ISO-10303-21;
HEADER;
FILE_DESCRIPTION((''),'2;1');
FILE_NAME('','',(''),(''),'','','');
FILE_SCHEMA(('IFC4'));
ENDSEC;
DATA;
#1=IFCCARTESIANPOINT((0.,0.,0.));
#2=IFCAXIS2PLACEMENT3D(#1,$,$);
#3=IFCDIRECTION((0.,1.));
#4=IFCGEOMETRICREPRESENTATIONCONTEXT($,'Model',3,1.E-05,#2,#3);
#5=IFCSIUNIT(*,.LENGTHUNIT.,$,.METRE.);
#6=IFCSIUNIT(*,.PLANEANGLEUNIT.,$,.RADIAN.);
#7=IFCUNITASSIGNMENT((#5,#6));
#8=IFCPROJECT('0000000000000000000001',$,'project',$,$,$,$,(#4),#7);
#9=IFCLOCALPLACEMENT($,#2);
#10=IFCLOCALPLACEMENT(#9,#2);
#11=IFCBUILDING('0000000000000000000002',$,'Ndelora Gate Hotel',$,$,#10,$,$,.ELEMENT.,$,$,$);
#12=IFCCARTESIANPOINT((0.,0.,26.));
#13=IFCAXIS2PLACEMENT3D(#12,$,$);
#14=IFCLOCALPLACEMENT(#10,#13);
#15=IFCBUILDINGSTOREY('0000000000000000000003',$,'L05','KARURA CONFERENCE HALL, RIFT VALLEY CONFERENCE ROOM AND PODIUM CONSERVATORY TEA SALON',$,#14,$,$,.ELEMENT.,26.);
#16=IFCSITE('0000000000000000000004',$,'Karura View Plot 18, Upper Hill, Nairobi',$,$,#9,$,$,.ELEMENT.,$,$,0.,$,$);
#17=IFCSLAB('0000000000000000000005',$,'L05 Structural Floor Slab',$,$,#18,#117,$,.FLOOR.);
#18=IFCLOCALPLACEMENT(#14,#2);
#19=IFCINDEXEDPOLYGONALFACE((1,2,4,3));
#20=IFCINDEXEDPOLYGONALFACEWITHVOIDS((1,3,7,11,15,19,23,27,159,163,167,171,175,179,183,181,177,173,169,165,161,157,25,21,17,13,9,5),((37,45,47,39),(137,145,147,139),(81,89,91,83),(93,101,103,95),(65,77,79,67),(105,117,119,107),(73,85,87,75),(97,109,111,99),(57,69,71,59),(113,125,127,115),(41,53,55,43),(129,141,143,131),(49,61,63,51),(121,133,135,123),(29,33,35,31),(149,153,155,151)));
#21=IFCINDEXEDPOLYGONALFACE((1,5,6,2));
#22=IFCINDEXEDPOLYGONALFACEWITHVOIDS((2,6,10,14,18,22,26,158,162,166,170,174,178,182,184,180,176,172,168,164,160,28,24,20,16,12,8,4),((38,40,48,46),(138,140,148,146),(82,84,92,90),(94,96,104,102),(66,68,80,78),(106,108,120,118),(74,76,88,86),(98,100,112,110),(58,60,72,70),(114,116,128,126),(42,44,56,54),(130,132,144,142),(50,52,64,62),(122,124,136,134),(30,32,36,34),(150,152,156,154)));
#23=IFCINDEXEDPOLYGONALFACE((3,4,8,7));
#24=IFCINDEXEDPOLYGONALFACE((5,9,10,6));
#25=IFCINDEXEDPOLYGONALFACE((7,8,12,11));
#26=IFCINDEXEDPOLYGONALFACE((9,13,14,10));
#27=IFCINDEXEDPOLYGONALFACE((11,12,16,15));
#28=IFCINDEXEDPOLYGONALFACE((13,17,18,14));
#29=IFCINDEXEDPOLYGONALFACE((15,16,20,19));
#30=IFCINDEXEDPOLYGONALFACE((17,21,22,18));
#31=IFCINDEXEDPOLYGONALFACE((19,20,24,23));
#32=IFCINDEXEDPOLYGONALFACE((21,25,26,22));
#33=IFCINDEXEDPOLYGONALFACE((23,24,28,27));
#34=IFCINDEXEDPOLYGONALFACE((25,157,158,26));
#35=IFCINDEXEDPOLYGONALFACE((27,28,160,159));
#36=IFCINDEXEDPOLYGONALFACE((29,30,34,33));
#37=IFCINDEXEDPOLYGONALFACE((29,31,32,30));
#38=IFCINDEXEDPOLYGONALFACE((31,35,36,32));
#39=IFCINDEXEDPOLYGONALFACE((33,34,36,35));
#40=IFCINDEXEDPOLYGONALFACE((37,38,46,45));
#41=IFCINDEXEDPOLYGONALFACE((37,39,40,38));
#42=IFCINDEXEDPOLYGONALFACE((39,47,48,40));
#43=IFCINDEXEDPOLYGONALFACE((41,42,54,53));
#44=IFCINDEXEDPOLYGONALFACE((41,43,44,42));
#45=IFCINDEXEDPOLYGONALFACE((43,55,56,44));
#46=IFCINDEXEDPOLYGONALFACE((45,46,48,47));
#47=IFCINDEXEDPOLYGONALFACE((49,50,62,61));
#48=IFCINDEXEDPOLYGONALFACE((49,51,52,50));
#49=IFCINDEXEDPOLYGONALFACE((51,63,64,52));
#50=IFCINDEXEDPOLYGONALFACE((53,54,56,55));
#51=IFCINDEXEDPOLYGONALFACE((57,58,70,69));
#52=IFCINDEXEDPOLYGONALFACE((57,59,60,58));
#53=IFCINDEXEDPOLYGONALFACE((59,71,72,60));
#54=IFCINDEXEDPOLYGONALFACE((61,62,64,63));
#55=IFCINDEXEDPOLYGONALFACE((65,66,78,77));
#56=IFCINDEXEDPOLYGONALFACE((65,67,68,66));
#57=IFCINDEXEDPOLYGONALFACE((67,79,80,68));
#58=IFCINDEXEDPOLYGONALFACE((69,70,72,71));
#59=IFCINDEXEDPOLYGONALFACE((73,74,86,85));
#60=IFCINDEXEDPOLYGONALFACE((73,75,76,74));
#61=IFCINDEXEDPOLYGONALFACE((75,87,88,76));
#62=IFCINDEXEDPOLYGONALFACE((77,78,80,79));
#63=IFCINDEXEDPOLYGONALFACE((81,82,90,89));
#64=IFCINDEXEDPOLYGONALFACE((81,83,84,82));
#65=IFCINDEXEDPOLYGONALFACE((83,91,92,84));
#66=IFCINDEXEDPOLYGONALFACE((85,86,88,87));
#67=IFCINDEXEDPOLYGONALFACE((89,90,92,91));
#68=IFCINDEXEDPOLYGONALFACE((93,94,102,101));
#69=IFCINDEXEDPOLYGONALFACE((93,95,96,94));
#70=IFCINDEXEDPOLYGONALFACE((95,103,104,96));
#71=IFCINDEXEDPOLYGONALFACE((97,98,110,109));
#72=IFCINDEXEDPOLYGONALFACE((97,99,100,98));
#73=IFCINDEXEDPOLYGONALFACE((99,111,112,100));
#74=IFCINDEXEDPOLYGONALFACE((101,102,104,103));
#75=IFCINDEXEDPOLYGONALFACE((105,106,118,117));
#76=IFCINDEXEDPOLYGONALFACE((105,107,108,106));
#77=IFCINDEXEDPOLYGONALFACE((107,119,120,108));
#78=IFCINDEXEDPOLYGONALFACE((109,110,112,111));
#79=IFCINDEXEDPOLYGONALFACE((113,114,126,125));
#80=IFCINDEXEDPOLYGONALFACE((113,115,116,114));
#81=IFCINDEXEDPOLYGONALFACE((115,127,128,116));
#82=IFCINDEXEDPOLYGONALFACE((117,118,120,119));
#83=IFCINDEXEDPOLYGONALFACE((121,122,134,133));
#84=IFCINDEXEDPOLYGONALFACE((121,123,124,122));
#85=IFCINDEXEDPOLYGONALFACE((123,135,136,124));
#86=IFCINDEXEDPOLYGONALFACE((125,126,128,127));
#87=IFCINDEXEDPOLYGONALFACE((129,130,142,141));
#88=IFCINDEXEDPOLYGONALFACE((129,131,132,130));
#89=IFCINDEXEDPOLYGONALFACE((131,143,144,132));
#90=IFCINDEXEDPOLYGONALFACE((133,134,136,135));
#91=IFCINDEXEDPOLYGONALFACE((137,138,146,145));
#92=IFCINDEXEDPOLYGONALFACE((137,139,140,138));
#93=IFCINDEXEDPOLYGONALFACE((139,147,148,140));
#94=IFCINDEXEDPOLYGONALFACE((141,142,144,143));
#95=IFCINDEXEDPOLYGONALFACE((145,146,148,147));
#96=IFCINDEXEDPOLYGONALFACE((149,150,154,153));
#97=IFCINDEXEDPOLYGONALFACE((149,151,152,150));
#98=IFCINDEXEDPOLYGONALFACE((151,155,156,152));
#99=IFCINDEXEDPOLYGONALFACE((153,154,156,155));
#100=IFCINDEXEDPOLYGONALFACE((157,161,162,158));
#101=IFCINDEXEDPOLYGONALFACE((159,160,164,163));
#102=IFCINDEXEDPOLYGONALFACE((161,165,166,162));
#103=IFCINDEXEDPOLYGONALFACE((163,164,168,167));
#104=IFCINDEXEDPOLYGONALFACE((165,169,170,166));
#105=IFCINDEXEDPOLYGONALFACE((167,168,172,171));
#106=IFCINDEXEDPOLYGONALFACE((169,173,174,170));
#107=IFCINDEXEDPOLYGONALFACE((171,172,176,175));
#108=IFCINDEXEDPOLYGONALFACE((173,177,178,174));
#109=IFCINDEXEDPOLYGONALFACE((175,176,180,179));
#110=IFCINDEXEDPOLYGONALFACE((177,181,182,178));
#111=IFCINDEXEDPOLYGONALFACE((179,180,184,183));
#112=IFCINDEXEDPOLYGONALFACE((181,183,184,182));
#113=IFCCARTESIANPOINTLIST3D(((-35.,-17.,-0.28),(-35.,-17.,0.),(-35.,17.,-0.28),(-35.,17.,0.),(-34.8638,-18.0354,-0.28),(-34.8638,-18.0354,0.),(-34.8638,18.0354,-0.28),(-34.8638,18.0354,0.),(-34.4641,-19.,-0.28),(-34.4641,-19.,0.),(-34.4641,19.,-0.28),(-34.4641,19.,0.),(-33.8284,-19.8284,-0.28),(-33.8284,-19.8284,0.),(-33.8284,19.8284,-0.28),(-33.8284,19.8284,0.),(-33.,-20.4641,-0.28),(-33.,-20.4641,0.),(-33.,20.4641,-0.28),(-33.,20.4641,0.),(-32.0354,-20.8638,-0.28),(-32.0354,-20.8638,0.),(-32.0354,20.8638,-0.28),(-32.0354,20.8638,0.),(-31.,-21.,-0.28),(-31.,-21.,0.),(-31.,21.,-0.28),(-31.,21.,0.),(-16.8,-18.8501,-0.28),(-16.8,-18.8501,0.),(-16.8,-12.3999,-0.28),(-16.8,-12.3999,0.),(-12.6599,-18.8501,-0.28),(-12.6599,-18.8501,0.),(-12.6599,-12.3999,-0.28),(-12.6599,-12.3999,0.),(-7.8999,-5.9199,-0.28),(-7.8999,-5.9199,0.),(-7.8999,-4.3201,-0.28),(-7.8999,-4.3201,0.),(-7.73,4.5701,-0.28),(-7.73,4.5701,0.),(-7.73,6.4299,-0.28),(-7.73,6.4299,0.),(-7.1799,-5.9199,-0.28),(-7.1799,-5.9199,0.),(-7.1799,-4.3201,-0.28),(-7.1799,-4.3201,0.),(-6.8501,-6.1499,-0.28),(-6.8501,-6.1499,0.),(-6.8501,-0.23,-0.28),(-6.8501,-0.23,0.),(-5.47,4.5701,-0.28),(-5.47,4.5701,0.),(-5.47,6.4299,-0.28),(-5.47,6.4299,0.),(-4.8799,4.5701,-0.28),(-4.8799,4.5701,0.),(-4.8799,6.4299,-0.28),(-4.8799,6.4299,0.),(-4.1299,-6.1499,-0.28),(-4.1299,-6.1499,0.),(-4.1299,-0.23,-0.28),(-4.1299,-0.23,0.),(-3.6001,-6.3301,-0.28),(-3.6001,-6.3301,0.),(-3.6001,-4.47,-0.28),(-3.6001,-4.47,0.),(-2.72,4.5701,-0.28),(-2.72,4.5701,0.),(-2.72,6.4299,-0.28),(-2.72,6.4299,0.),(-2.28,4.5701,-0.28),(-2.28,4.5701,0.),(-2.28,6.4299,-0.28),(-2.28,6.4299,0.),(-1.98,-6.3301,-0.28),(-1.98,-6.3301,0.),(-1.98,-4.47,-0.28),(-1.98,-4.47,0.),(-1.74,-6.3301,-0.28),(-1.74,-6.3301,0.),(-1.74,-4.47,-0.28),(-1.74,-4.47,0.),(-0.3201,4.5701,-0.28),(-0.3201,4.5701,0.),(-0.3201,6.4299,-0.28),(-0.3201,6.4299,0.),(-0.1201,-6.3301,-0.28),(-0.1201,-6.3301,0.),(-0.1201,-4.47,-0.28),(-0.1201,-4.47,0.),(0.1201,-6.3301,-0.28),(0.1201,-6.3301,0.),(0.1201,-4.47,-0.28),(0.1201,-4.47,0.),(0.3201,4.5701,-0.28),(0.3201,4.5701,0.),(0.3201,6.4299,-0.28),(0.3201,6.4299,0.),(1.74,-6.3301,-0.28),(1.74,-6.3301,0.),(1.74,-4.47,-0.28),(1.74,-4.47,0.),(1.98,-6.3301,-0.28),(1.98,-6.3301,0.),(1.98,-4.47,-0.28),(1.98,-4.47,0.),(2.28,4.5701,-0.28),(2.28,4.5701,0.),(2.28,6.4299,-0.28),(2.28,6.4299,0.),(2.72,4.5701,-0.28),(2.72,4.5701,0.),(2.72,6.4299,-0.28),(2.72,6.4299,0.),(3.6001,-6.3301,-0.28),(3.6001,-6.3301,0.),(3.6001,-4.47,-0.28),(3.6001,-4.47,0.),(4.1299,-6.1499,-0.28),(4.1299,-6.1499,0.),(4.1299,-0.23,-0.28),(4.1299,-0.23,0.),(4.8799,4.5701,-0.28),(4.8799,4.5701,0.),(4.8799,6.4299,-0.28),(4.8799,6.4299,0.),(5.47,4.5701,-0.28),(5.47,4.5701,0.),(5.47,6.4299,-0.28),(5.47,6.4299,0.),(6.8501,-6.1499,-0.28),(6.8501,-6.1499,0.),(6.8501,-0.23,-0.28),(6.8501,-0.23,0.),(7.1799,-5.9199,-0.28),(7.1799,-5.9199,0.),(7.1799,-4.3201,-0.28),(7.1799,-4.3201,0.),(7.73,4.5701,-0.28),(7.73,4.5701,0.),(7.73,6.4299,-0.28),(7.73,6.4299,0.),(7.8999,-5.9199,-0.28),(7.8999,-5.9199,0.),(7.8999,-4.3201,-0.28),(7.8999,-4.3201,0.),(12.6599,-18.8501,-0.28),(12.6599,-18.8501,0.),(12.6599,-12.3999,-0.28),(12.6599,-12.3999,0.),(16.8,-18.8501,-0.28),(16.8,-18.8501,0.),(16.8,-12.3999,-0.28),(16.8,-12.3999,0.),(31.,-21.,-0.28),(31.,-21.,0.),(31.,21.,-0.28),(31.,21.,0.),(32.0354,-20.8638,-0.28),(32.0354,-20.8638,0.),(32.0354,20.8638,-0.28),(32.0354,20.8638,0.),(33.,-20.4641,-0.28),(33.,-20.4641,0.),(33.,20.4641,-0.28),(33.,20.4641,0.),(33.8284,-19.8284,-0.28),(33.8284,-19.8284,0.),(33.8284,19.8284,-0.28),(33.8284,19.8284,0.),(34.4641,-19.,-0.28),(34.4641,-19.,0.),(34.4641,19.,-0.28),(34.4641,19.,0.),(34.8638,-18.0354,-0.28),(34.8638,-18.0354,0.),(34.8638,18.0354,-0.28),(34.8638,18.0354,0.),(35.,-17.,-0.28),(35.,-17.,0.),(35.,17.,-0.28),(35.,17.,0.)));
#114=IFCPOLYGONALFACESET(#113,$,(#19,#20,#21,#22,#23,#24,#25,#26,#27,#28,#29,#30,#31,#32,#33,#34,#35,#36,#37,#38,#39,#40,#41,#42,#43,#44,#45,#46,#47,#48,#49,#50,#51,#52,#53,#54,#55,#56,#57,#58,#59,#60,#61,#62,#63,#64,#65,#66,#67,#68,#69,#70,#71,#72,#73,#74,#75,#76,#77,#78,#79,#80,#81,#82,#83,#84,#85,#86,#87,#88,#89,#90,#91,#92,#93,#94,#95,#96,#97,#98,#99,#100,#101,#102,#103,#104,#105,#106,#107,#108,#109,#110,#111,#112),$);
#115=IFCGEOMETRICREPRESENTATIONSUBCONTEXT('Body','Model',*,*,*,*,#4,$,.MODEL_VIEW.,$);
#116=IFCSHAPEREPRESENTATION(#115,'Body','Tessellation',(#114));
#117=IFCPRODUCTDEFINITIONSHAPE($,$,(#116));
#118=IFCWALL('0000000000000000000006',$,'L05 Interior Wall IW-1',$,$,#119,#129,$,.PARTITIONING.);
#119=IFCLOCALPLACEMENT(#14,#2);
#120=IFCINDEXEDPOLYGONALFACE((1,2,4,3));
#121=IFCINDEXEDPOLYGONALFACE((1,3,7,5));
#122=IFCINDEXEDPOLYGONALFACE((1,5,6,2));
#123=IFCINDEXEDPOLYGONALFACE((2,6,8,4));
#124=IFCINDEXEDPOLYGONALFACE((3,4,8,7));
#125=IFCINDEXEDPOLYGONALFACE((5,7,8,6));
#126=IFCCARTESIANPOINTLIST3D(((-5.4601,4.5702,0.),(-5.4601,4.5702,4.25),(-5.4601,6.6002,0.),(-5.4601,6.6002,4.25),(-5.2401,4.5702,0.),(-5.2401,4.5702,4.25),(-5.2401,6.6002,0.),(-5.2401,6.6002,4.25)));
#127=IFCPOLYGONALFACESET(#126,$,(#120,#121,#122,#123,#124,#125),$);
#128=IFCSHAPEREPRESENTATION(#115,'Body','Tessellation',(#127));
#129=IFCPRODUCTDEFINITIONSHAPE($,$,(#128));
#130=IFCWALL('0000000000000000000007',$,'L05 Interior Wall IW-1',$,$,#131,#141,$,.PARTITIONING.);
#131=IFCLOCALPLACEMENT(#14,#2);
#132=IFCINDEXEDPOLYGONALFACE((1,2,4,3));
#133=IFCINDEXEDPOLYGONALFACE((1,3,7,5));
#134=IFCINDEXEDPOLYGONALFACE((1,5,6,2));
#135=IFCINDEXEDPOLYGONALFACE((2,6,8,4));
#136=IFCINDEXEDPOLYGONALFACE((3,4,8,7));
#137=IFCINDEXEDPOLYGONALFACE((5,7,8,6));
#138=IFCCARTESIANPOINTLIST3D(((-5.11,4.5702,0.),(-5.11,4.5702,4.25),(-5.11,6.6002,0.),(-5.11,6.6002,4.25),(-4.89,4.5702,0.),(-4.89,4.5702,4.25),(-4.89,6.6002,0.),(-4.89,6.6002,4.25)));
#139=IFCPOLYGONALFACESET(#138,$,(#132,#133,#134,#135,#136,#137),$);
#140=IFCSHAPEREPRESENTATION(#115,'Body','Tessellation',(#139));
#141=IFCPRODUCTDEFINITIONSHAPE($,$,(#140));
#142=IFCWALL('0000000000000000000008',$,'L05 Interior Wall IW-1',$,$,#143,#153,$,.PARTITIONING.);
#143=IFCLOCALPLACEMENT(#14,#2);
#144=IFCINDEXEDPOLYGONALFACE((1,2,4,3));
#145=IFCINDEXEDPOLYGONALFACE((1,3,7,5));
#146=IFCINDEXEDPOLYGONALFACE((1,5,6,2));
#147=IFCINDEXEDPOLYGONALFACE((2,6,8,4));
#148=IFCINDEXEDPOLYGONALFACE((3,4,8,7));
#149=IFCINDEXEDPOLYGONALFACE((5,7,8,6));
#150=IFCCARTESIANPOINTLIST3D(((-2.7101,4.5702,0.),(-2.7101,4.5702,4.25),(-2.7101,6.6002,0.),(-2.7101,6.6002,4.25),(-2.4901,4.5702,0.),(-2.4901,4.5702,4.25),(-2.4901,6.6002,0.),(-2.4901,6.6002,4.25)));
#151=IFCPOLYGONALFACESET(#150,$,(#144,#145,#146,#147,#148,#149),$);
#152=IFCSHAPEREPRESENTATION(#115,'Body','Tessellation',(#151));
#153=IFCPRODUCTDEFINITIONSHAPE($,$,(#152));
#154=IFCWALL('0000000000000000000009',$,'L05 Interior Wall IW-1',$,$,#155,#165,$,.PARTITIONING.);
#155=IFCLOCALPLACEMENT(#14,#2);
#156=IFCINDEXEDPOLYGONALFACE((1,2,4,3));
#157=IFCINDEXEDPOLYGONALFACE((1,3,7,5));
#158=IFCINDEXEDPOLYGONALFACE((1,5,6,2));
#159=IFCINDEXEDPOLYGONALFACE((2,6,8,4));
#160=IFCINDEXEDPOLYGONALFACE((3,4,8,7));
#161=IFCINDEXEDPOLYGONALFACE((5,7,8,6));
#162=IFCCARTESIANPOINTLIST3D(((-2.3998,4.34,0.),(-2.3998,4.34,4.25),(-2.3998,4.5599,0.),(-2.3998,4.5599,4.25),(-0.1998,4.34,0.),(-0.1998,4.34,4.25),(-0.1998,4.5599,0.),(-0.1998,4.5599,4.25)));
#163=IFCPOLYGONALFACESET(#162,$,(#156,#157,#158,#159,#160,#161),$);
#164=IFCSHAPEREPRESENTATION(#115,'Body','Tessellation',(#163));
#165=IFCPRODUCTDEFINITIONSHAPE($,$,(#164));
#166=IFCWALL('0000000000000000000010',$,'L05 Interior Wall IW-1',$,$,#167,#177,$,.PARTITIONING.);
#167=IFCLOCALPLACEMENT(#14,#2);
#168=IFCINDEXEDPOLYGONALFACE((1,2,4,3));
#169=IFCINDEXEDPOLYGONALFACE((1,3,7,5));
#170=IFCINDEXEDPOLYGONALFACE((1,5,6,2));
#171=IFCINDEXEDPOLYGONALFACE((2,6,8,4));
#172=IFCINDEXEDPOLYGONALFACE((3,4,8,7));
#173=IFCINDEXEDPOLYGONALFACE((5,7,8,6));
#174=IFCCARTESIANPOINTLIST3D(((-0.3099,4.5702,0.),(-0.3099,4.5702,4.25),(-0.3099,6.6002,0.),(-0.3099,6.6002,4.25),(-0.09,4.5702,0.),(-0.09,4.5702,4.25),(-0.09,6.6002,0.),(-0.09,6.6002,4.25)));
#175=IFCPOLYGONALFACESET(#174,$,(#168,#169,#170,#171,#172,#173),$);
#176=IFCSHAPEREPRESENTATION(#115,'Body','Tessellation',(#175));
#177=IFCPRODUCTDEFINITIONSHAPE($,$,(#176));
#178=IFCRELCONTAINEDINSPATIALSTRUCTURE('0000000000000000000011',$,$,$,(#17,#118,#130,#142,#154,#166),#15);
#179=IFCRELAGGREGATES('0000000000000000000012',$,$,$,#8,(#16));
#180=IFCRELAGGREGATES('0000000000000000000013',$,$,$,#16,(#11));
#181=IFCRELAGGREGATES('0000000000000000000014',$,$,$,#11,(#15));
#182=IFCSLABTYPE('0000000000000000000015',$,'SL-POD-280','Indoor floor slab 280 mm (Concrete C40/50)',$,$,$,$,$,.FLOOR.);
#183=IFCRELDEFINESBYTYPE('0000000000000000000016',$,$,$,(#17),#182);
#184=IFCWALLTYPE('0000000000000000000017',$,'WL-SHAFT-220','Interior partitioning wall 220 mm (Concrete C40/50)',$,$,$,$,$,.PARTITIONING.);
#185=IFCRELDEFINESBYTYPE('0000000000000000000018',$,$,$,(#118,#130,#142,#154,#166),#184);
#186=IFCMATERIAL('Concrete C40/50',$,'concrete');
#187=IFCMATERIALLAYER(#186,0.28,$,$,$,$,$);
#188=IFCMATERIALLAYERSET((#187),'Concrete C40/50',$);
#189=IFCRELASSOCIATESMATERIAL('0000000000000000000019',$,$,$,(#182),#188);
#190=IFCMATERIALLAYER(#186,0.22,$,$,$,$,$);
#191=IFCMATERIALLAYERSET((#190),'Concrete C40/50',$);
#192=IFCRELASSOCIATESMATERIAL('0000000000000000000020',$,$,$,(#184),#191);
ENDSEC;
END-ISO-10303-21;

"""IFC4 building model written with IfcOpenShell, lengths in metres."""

from ifc_helpers import new_model, si_unit, direction, frame, frame_2d, origin, place, context, subcontext, project, spatial, polyline, rectangle, outline, extrude, material, layer, layer_set, type_object, element, save


model = new_model("IFC4")

# Units and contexts
model_context = context("Model", 3, precision=1e-05, world=origin(), true_north=direction((0.0, 1.0)))
body_context = subcontext(model_context, "Body", "Model", "MODEL_VIEW")
ifc_project = project(units=[si_unit("LENGTHUNIT", "METRE"), si_unit("PLANEANGLEUNIT", "RADIAN")], contexts=[model_context])

# Site, building, storey
site_placement = place(None, origin())
site = spatial("IfcSite", under=ifc_project, at=site_placement, Name="Karura View Plot 18, Upper Hill, Nairobi", CompositionType="ELEMENT", RefElevation=0.0)
building_placement = place(site_placement, origin())
building = spatial("IfcBuilding", under=site, at=building_placement, Name="Ndelora Gate Hotel", CompositionType="ELEMENT")
storey_placement = place(building_placement, frame((0.0, 0.0, 26.0)))
storey = spatial("IfcBuildingStorey", under=building, at=storey_placement, Name="L05", Description="KARURA CONFERENCE HALL, RIFT VALLEY CONFERENCE ROOM AND PODIUM CONSERVATORY TEA SALON", CompositionType="ELEMENT", Elevation=26.0)

# Slab
ifc_material_1 = material(Name="Concrete C40/50", Category="concrete")
ifc_layer_1 = layer(ifc_material_1, 0.28)
ifc_layer_set_1 = layer_set([ifc_layer_1], Name="Concrete C40/50")
slab_type = type_object("IfcSlabType", Name="SL-POD-280", Description="Indoor floor slab 280 mm (Concrete C40/50)", PredefinedType="FLOOR", material=ifc_layer_set_1)
slab_placement = place(storey_placement, frame((0.0, 0.0, -0.28)))
element("IfcSlab", 1, at=slab_placement, inside=storey, type_object=slab_type, Name="L05 Structural Floor Slab", PredefinedType="FLOOR", context=body_context, shape_type="SweptSolid", body=[
    extrude(outline(polyline([(31.0, -21.0), (32.0354, -20.8638), (33.0, -20.4641), (33.8284, -19.8284), (34.4641, -19.0), (34.8638, -18.0354), (35.0, -17.0), (35.0, 17.0), (34.8638, 18.0354), (34.4641, 19.0), (33.8284, 19.8284), (33.0, 20.4641), (32.0354, 20.8638), (31.0, 21.0), (-31.0, 21.0), (-32.0354, 20.8638), (-33.0, 20.4641), (-33.8284, 19.8284), (-34.4641, 19.0), (-34.8638, 18.0354), (-35.0, 17.0), (-35.0, -17.0), (-34.8638, -18.0354), (-34.4641, -19.0), (-33.8284, -19.8284), (-33.0, -20.4641), (-32.0354, -20.8638), (-31.0, -21.0), (31.0, -21.0)]), holes=[polyline([(-6.8501, -0.23), (-6.8501, -6.1499), (-4.1299, -6.1499), (-4.1299, -0.23), (-6.8501, -0.23)]), polyline([(4.1299, -0.23), (4.1299, -6.1499), (6.8501, -6.1499), (6.8501, -0.23), (4.1299, -0.23)]), polyline([(-16.8, -12.3999), (-16.8, -18.8501), (-12.6599, -18.8501), (-12.6599, -12.3999), (-16.8, -12.3999)]), polyline([(12.6599, -12.3999), (12.6599, -18.8501), (16.8, -18.8501), (16.8, -12.3999), (12.6599, -12.3999)]), polyline([(-7.73, 4.5701), (-5.47, 4.5701), (-5.47, 6.4299), (-7.73, 6.4299), (-7.73, 4.5701)]), polyline([(5.47, 4.5701), (7.73, 4.5701), (7.73, 6.4299), (5.47, 6.4299), (5.47, 4.5701)]), polyline([(-4.8799, 4.5701), (-2.72, 4.5701), (-2.72, 6.4299), (-4.8799, 6.4299), (-4.8799, 4.5701)]), polyline([(2.72, 4.5701), (4.8799, 4.5701), (4.8799, 6.4299), (2.72, 6.4299), (2.72, 4.5701)]), polyline([(-3.6001, -6.3301), (-1.98, -6.3301), (-1.98, -4.47), (-3.6001, -4.47), (-3.6001, -6.3301)]), polyline([(-1.74, -6.3301), (-0.1201, -6.3301), (-0.1201, -4.47), (-1.74, -4.47), (-1.74, -6.3301)]), polyline([(0.1201, -6.3301), (1.74, -6.3301), (1.74, -4.47), (0.1201, -4.47), (0.1201, -6.3301)]), polyline([(1.98, -6.3301), (3.6001, -6.3301), (3.6001, -4.47), (1.98, -4.47), (1.98, -6.3301)]), polyline([(-2.28, 4.5701), (-0.3201, 4.5701), (-0.3201, 6.4299), (-2.28, 6.4299), (-2.28, 4.5701)]), polyline([(0.3201, 4.5701), (2.28, 4.5701), (2.28, 6.4299), (0.3201, 6.4299), (0.3201, 4.5701)]), polyline([(-7.8999, -5.9199), (-7.1799, -5.9199), (-7.1799, -4.3201), (-7.8999, -4.3201), (-7.8999, -5.9199)]), polyline([(7.1799, -5.9199), (7.8999, -5.9199), (7.8999, -4.3201), (7.1799, -4.3201), (7.1799, -5.9199)])]), origin(), (0.0, 0.0, 1.0), 0.28),
])

# Wall
ifc_layer_2 = layer(ifc_material_1, 0.22)
ifc_layer_set_2 = layer_set([ifc_layer_2], Name="Concrete C40/50")
wall_type_1 = type_object("IfcWallType", Name="WL-SHAFT-220", Description="Interior partitioning wall 220 mm (Concrete C40/50)", PredefinedType="PARTITIONING", material=ifc_layer_set_2)
wall_1_placement = place(storey_placement, frame((-5.3501, 4.5701, 0.0), z_axis=(0.0, 0.0, 1.0), x_axis=(0.0, 1.0, 0.0)))
element("IfcWall", 2, at=wall_1_placement, inside=storey, type_object=wall_type_1, Name="L05 Interior Wall IW-1", PredefinedType="PARTITIONING", context=body_context, shape_type="SweptSolid", body=[
    extrude(rectangle(XDim=2.03, YDim=0.22, at=frame_2d((1.0151, 0.0))), origin(), (0.0, 0.0, 1.0), 4.25),
])

# Walls
for number, where, z_axis, x_axis, name in (
    (3, (-5.0, 4.5701, 0.0), (0.0, 0.0, 1.0), (0.0, 1.0, 0.0), "L05 Interior Wall IW-1"),
    (4, (-2.6001, 4.5701, 0.0), (0.0, 0.0, 1.0), (0.0, 1.0, 0.0), "L05 Interior Wall IW-1"),
):
    element("IfcWall", number, at=place(storey_placement, frame(where, z_axis=z_axis, x_axis=x_axis)), inside=storey, type_object=wall_type_1, Name=name, PredefinedType="PARTITIONING", context=body_context, shape_type="SweptSolid", body=[
        extrude(rectangle(XDim=2.03, YDim=0.22, at=frame_2d((1.0151, 0.0))), origin(), (0.0, 0.0, 1.0), 4.25),
    ])
wall_2_placement = place(storey_placement, frame((-2.3999, 4.45, 0.0), z_axis=(0.0, 0.0, 1.0), x_axis=(1.0, 0.0, 0.0)))
element("IfcWall", 5, at=wall_2_placement, inside=storey, type_object=wall_type_1, Name="L05 Interior Wall IW-1", PredefinedType="PARTITIONING", context=body_context, shape_type="SweptSolid", body=[
    extrude(rectangle(XDim=2.2, YDim=0.22, at=frame_2d((1.1001, 0.0))), origin(), (0.0, 0.0, 1.0), 4.25),
])
wall_3_placement = place(storey_placement, frame((-0.2, 4.5701, 0.0), z_axis=(0.0, 0.0, 1.0), x_axis=(0.0, 1.0, 0.0)))
element("IfcWall", 6, at=wall_3_placement, inside=storey, type_object=wall_type_1, Name="L05 Interior Wall IW-1", PredefinedType="PARTITIONING", context=body_context, shape_type="SweptSolid", body=[
    extrude(rectangle(XDim=2.03, YDim=0.22, at=frame_2d((1.0151, 0.0))), origin(), (0.0, 0.0, 1.0), 4.25),
])

save(model, "model.ifc")
